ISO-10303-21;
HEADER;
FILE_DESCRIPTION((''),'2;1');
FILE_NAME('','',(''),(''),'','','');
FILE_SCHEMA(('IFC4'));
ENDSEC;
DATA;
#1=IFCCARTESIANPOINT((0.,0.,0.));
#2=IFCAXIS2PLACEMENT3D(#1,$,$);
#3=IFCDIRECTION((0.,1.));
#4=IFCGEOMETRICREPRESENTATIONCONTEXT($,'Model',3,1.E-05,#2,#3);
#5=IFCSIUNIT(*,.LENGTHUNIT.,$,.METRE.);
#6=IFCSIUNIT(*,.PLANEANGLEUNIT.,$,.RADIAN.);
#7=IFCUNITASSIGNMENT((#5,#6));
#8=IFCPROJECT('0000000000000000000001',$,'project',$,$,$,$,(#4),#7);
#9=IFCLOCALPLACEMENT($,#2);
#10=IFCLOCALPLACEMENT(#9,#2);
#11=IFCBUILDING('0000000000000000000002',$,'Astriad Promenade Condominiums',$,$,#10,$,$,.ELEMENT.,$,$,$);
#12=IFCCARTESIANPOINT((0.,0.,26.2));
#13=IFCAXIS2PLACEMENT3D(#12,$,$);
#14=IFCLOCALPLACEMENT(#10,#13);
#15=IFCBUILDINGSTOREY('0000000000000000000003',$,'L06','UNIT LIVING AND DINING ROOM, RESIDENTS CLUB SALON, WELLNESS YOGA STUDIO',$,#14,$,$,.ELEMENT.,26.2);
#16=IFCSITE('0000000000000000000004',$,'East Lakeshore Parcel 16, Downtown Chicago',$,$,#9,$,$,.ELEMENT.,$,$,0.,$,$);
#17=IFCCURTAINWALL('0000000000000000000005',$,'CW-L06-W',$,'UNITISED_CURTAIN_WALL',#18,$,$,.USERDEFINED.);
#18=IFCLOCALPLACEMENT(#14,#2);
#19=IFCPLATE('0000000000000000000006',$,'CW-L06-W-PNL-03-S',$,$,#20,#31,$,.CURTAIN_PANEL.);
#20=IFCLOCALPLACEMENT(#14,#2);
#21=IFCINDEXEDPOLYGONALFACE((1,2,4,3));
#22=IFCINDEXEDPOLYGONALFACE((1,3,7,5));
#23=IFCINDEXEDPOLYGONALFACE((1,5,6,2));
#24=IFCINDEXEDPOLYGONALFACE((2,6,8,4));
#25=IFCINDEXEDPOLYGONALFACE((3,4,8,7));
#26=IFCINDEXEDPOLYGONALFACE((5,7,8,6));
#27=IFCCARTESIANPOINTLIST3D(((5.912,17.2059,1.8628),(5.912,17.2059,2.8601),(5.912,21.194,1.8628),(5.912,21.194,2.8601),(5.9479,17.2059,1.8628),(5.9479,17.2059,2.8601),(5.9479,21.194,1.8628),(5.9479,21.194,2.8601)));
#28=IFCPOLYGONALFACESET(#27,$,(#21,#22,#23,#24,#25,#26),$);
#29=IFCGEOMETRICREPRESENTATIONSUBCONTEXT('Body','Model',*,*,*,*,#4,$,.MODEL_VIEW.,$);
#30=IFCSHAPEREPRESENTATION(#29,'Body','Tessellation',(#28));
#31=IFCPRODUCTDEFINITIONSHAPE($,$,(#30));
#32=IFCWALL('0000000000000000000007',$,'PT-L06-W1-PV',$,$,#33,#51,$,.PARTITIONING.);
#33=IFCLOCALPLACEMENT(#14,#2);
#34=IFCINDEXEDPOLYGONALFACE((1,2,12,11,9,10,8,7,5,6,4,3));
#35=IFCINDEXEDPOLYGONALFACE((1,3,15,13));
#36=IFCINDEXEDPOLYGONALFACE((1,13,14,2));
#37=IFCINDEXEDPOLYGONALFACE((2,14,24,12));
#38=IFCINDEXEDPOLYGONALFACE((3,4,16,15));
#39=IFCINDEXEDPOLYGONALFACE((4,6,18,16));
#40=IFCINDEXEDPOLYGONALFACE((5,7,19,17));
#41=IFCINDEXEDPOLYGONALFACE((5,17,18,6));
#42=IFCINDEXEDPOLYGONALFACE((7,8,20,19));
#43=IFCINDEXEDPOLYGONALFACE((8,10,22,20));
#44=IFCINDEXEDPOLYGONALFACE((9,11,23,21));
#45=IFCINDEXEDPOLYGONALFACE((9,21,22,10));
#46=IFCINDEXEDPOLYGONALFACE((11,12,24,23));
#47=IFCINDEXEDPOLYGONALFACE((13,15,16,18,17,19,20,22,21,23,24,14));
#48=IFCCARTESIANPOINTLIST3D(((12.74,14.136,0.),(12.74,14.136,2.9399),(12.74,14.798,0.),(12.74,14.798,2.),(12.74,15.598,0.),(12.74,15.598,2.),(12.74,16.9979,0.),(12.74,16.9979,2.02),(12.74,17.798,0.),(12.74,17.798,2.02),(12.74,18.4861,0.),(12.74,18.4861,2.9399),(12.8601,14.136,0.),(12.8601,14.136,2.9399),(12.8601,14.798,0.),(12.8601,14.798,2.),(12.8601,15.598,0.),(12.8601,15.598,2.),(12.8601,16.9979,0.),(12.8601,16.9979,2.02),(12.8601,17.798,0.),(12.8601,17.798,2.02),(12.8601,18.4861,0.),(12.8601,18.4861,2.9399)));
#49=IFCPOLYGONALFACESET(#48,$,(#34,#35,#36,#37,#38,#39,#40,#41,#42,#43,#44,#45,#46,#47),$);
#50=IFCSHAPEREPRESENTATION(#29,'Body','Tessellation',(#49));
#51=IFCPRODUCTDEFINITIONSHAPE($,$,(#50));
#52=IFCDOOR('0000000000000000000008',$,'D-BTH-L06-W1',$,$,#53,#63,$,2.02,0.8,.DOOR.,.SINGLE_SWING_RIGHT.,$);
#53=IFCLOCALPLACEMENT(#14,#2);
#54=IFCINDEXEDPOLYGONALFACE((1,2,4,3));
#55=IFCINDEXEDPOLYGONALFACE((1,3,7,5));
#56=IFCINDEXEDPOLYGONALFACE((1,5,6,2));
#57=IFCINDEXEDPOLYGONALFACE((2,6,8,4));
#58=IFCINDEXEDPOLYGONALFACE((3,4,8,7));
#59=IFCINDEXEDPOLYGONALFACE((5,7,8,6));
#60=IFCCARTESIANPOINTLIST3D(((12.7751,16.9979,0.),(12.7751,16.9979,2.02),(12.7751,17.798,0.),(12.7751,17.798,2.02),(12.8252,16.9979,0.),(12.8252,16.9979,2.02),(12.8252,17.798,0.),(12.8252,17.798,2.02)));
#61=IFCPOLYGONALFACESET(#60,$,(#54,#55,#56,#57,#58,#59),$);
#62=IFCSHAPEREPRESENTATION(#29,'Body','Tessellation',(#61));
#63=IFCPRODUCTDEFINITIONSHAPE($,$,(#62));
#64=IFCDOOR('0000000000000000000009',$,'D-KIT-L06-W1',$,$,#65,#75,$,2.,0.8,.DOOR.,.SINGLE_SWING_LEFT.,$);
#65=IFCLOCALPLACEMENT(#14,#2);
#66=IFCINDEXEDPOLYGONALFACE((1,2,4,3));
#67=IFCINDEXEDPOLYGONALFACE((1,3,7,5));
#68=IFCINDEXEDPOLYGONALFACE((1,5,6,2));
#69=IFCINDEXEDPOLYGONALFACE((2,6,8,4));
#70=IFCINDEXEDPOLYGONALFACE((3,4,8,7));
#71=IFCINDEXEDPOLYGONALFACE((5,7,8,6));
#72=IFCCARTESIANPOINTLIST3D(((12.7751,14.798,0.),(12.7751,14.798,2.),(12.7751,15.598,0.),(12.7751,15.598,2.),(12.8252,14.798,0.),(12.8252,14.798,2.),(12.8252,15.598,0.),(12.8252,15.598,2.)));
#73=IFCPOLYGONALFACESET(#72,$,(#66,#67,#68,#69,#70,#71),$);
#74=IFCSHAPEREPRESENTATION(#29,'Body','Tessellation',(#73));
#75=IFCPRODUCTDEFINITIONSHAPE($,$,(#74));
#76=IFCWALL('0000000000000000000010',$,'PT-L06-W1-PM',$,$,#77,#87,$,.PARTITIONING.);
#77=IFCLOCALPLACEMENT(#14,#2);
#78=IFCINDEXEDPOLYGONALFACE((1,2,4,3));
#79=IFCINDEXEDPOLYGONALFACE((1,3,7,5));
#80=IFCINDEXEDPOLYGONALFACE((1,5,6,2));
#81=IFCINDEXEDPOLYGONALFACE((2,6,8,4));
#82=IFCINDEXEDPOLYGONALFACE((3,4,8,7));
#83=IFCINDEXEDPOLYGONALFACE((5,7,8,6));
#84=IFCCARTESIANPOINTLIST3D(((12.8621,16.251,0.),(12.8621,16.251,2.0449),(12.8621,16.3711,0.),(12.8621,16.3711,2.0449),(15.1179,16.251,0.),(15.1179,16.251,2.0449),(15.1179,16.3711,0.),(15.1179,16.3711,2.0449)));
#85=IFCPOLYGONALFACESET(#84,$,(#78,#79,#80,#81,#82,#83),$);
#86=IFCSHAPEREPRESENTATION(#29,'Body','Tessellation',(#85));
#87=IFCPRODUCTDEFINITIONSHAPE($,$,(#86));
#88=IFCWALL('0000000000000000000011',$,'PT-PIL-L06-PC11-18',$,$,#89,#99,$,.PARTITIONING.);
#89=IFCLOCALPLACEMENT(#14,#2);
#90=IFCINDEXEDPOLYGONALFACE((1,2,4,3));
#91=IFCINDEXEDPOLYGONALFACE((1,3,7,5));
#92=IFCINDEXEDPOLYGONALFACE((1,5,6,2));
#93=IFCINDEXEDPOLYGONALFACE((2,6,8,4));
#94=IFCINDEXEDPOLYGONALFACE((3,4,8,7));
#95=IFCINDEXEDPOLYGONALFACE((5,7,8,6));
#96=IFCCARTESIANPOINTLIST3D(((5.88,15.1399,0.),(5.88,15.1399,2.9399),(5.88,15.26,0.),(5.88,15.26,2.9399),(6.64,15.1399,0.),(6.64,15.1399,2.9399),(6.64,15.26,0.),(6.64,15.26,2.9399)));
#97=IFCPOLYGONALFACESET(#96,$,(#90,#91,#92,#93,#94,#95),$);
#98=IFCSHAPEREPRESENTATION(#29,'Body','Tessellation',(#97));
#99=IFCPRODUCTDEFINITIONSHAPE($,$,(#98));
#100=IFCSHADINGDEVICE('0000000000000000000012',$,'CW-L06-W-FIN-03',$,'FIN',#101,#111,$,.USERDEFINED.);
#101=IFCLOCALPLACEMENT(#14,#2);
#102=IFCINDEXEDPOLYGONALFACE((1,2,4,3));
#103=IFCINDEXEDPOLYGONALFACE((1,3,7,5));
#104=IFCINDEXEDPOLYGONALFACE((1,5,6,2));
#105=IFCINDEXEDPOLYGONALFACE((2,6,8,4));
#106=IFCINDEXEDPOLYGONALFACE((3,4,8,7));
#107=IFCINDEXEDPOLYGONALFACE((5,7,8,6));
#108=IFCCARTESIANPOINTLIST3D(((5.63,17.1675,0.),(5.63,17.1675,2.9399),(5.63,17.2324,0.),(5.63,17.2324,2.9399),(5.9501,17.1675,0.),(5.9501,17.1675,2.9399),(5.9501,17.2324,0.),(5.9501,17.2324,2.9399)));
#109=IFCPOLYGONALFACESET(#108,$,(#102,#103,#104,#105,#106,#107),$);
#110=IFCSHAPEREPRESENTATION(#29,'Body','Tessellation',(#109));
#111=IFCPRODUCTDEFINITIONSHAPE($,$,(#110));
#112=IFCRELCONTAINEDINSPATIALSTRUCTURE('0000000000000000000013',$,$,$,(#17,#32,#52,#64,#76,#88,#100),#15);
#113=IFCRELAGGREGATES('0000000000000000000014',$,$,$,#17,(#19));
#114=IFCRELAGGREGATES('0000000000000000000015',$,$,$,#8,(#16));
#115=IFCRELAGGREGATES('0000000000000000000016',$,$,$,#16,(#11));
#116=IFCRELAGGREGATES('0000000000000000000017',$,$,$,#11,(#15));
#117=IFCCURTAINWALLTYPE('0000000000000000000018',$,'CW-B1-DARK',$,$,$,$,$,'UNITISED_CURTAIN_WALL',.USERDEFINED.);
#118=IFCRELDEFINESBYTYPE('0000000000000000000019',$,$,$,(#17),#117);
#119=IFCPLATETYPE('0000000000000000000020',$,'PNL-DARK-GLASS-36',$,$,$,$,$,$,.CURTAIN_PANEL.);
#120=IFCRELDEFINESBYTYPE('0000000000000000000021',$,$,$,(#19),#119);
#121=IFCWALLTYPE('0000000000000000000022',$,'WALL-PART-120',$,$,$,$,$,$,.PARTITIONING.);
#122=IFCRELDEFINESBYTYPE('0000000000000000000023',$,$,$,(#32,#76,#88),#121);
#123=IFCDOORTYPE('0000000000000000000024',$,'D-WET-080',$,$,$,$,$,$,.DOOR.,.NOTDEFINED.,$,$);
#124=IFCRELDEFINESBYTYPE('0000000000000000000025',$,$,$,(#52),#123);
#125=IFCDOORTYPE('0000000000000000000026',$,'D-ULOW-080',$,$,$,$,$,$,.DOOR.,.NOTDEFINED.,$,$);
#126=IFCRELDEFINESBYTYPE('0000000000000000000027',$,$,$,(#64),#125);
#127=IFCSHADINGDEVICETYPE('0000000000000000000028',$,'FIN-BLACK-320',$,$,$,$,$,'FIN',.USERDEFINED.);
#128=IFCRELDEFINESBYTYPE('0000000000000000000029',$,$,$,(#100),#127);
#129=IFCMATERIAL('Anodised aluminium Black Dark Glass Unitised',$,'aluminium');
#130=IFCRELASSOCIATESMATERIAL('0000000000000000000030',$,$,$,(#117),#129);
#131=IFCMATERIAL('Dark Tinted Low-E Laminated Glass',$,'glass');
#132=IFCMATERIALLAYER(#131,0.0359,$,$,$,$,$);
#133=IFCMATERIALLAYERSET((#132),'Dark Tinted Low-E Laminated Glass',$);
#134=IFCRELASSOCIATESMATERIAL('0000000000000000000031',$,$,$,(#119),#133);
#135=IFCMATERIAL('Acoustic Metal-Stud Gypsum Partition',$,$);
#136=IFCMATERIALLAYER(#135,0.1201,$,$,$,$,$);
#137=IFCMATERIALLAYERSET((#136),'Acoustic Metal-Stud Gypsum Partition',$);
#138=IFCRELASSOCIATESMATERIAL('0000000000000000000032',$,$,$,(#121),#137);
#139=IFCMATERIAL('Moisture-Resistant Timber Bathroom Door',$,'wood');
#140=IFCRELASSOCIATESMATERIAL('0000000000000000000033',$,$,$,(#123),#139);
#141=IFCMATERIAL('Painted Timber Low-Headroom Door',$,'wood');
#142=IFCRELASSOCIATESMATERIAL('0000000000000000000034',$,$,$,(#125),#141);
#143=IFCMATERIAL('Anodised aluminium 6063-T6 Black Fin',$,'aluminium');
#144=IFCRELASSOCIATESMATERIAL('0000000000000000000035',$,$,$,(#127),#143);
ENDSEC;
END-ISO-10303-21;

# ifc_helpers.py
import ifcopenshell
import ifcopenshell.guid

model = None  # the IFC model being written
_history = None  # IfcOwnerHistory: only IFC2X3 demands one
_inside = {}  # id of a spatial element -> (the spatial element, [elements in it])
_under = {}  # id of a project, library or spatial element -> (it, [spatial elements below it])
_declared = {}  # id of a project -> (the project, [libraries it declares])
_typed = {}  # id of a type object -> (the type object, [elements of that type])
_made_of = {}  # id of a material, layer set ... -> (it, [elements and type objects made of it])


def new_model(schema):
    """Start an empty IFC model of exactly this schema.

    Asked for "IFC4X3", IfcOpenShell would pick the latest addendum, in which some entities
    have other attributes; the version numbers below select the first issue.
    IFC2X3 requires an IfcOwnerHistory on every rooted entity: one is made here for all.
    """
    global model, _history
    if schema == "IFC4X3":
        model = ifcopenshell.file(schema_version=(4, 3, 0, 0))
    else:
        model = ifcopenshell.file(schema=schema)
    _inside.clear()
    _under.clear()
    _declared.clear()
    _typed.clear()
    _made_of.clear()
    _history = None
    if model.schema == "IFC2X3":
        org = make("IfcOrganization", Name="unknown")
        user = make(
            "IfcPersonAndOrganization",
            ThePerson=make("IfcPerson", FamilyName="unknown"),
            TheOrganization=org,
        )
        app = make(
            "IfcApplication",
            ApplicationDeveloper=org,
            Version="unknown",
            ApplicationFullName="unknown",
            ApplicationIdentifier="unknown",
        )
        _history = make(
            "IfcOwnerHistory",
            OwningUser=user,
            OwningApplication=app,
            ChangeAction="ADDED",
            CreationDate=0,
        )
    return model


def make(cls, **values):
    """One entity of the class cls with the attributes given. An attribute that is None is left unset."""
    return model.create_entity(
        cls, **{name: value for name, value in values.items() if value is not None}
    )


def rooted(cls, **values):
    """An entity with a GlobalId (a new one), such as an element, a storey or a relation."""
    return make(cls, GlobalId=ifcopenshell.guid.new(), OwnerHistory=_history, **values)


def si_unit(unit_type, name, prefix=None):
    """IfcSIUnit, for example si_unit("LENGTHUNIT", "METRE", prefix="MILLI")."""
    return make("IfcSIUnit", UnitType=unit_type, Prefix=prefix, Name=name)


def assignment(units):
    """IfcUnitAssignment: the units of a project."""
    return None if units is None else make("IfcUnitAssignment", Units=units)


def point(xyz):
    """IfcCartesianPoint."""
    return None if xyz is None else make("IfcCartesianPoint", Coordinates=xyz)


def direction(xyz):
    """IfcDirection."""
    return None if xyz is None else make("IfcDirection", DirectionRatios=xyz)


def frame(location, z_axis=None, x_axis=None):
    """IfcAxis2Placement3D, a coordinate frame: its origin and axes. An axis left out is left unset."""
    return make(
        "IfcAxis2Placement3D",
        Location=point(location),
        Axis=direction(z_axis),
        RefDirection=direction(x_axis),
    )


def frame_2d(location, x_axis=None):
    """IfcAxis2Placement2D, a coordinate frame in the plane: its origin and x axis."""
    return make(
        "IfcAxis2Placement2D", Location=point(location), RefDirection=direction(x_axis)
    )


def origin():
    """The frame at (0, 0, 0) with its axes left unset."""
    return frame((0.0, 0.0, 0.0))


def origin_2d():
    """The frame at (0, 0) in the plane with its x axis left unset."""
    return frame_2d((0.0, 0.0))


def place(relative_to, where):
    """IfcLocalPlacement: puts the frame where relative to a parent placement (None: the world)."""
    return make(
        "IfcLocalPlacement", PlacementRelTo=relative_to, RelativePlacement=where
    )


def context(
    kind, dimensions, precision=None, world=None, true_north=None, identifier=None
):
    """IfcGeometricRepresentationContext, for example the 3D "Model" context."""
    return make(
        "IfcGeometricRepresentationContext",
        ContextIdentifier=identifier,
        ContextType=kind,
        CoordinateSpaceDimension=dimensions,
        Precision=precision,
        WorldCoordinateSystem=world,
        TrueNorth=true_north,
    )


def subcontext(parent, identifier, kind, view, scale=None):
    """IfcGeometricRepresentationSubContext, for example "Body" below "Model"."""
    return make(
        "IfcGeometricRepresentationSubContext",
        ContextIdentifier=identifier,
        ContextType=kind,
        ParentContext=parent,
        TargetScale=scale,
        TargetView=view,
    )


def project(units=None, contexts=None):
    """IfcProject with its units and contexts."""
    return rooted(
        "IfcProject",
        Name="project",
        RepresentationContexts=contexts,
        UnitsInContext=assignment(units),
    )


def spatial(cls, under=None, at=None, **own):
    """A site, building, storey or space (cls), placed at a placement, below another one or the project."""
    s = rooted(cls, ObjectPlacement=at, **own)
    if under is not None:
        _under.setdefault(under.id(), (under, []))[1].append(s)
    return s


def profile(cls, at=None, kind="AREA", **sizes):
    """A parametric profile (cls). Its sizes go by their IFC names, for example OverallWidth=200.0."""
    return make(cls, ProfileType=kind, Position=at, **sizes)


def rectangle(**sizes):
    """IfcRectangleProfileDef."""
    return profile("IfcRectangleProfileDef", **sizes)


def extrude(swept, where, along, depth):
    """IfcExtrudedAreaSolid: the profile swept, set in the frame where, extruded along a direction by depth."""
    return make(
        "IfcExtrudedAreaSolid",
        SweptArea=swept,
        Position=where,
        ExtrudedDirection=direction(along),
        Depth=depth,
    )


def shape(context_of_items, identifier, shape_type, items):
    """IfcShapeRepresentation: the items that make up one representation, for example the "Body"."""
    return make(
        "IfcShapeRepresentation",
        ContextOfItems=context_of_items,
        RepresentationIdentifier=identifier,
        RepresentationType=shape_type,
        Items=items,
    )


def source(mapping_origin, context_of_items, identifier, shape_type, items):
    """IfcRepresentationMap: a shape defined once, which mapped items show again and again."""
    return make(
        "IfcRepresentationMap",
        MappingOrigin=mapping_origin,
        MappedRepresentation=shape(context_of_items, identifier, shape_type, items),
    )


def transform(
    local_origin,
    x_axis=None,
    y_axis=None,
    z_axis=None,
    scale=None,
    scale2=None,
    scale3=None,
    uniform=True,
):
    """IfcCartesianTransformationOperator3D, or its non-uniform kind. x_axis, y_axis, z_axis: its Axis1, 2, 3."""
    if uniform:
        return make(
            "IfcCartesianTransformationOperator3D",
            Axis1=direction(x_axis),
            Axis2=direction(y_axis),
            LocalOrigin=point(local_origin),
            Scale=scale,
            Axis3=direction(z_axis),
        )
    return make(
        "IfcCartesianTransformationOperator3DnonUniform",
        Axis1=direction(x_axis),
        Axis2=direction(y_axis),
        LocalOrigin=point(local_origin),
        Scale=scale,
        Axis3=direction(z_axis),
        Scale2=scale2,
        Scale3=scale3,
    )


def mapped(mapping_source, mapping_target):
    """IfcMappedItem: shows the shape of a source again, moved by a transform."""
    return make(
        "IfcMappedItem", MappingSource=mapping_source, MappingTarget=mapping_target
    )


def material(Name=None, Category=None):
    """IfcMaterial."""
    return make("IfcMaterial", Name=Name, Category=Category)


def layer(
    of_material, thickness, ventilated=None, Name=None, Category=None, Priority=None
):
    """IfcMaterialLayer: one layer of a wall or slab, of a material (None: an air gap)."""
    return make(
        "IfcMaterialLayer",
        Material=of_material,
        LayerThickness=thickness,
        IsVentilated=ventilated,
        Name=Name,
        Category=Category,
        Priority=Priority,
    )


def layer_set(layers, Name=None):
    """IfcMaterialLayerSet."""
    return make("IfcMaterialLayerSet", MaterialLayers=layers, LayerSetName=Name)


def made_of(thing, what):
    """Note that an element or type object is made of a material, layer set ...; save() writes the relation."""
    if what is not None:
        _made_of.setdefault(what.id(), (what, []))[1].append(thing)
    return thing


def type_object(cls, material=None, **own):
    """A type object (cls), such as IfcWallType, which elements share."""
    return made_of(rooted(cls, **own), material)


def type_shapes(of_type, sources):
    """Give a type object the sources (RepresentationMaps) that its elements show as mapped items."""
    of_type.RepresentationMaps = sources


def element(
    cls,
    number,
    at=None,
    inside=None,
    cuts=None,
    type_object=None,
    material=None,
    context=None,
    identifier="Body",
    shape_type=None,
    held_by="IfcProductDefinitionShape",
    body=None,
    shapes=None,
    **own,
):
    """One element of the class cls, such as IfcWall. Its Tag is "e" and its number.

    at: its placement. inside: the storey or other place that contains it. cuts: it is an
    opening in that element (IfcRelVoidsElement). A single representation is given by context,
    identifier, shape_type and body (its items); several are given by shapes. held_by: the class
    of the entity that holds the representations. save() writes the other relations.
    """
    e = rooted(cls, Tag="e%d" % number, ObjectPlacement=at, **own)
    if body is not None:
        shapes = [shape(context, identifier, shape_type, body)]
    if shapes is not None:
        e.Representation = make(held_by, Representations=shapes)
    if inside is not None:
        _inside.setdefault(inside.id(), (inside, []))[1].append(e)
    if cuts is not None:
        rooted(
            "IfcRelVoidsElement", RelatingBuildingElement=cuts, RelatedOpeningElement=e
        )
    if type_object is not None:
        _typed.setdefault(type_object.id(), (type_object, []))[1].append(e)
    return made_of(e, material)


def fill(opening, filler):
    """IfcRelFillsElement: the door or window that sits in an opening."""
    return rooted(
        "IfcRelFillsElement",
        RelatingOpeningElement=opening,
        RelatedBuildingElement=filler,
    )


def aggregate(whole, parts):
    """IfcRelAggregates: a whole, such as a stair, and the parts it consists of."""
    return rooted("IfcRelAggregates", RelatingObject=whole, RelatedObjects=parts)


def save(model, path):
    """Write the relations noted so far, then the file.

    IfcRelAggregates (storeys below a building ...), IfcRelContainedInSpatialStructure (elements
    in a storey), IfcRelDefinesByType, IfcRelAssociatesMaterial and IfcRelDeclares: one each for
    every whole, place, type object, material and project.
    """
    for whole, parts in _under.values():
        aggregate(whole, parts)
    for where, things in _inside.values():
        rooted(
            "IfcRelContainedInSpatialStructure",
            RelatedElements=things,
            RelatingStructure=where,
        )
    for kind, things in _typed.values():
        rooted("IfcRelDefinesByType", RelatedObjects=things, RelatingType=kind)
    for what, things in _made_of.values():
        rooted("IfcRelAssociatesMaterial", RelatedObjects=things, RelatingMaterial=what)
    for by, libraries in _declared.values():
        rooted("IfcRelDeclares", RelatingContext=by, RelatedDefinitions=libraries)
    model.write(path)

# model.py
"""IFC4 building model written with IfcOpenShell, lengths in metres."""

from ifc_helpers import new_model, si_unit, direction, frame, frame_2d, origin, origin_2d, place, context, subcontext, project, spatial, rectangle, extrude, source, transform, mapped, material, layer, layer_set, type_object, type_shapes, element, fill, aggregate, save


model = new_model("IFC4")

# Units and contexts
model_context = context("Model", 3, precision=1e-05, world=origin(), true_north=direction((0.0, 1.0)))
body_context = subcontext(model_context, "Body", "Model", "MODEL_VIEW")
ifc_project = project(units=[si_unit("LENGTHUNIT", "METRE"), si_unit("PLANEANGLEUNIT", "RADIAN")], contexts=[model_context])

# Site, building, storey
site_placement = place(None, origin())
site = spatial("IfcSite", under=ifc_project, at=site_placement, Name="East Lakeshore Parcel 16, Downtown Chicago", CompositionType="ELEMENT", RefElevation=0.0)
building_placement = place(site_placement, origin())
building = spatial("IfcBuilding", under=site, at=building_placement, Name="Astriad Promenade Condominiums", CompositionType="ELEMENT")
storey_placement = place(building_placement, frame((0.0, 0.0, 26.2)))
storey = spatial("IfcBuildingStorey", under=building, at=storey_placement, Name="L06", Description="UNIT LIVING AND DINING ROOM, RESIDENTS CLUB SALON, WELLNESS YOGA STUDIO", CompositionType="ELEMENT", Elevation=26.2)

# Curtain wall, plate
ifc_material_1 = material(Name="Anodised aluminium Black Dark Glass Unitised", Category="aluminium")
curtain_wall_type = type_object("IfcCurtainWallType", Name="CW-B1-DARK", ElementType="UNITISED_CURTAIN_WALL", PredefinedType="USERDEFINED", material=ifc_material_1)
curtain_wall_placement = place(storey_placement, origin())
curtain_wall = element("IfcCurtainWall", 1, at=curtain_wall_placement, inside=storey, type_object=curtain_wall_type, Name="CW-L06-W", ObjectType="UNITISED_CURTAIN_WALL", PredefinedType="USERDEFINED")
ifc_material_2 = material(Name="Dark Tinted Low-E Laminated Glass", Category="glass")
ifc_layer_1 = layer(ifc_material_2, 0.0359)
ifc_layer_set_1 = layer_set([ifc_layer_1], Name="Dark Tinted Low-E Laminated Glass")
plate_type = type_object("IfcPlateType", Name="PNL-DARK-GLASS-36", PredefinedType="CURTAIN_PANEL", material=ifc_layer_set_1)
shared_shape_1 = source(origin(), body_context, "Body", "SweptSolid", [
    extrude(rectangle(XDim=3.988, YDim=0.0359, at=origin_2d()), origin(), (0.0, 0.0, 1.0), 0.9973),
])
plate_1_placement = place(storey_placement, frame((5.9299, 19.2, 1.8628), z_axis=(0.0, 0.0, 1.0), x_axis=(0.0, 1.0, 0.0)))
plate_1 = element("IfcPlate", 2, at=plate_1_placement, type_object=plate_type, Name="CW-L06-W-PNL-03-S", PredefinedType="CURTAIN_PANEL", context=body_context, shape_type="MappedRepresentation", body=[
    mapped(shared_shape_1, transform((0.0, 0.0, 0.0), scale=1.0)),
])
aggregate(curtain_wall, [plate_1])

# Wall, openings, doors
ifc_material_3 = material(Name="Acoustic Metal-Stud Gypsum Partition")
ifc_layer_2 = layer(ifc_material_3, 0.1201)
ifc_layer_set_2 = layer_set([ifc_layer_2], Name="Acoustic Metal-Stud Gypsum Partition")
wall_type = type_object("IfcWallType", Name="WALL-PART-120", PredefinedType="PARTITIONING", material=ifc_layer_set_2)
wall_1_placement = place(storey_placement, frame((12.8, 14.136, 0.0), z_axis=(0.0, 0.0, 1.0), x_axis=(0.0, 1.0, 0.0)))
wall_1 = element("IfcWall", 3, at=wall_1_placement, inside=storey, type_object=wall_type, Name="PT-L06-W1-PV", PredefinedType="PARTITIONING", context=body_context, shape_type="SweptSolid", body=[
    extrude(rectangle(XDim=4.3501, YDim=0.1201, at=frame_2d((2.175, 0.0))), origin(), (0.0, 0.0, 1.0), 2.9399),
])
opening_1_placement = place(wall_1_placement, frame((0.6621, 0.0, 0.0)))
opening_1 = element("IfcOpeningElement", 4, at=opening_1_placement, cuts=wall_1, PredefinedType="OPENING", context=body_context, shape_type="SweptSolid", body=[
    extrude(rectangle(XDim=0.8, YDim=2.0, at=frame_2d((0.3999, 1.0))), frame((0.0, 0.0701, 0.0), z_axis=(0.0, -1.0, 0.0), x_axis=(1.0, 0.0, 0.0)), (0.0, 0.0, 1.0), 0.1401),
])
opening_2_placement = place(wall_1_placement, frame((2.8621, 0.0, 0.0)))
opening_2 = element("IfcOpeningElement", 5, at=opening_2_placement, cuts=wall_1, PredefinedType="OPENING", context=body_context, shape_type="SweptSolid", body=[
    extrude(rectangle(XDim=0.8, YDim=2.02, at=frame_2d((0.3999, 1.01))), frame((0.0, 0.0701, 0.0), z_axis=(0.0, -1.0, 0.0), x_axis=(1.0, 0.0, 0.0)), (0.0, 0.0, 1.0), 0.1401),
])
ifc_material_4 = material(Name="Moisture-Resistant Timber Bathroom Door", Category="wood")
door_type_1 = type_object("IfcDoorType", Name="D-WET-080", OperationType="NOTDEFINED", PredefinedType="DOOR", material=ifc_material_4)
shared_shape_2 = source(origin(), body_context, "Body", "SweptSolid", [
    extrude(rectangle(XDim=0.8, YDim=2.02, at=frame_2d((0.3999, 1.01))), frame((0.0, 0.0249, 0.0), z_axis=(0.0, -1.0, 0.0), x_axis=(1.0, 0.0, 0.0)), (0.0, 0.0, 1.0), 0.05),
])
type_shapes(door_type_1, [shared_shape_2])
door_1_placement = place(opening_2_placement, origin())
door_1 = element("IfcDoor", 6, at=door_1_placement, inside=storey, type_object=door_type_1, Name="D-BTH-L06-W1", OperationType="SINGLE_SWING_RIGHT", OverallHeight=2.02, OverallWidth=0.8, PredefinedType="DOOR", context=body_context, shape_type="MappedRepresentation", body=[
    mapped(shared_shape_2, transform((0.0, 0.0, 0.0), scale=1.0)),
])
fill(opening_2, door_1)
ifc_material_5 = material(Name="Painted Timber Low-Headroom Door", Category="wood")
door_type_2 = type_object("IfcDoorType", Name="D-ULOW-080", OperationType="NOTDEFINED", PredefinedType="DOOR", material=ifc_material_5)
shared_shape_3 = source(origin(), body_context, "Body", "SweptSolid", [
    extrude(rectangle(XDim=0.8, YDim=2.0, at=frame_2d((0.3999, 1.0))), frame((0.0, 0.0249, 0.0), z_axis=(0.0, -1.0, 0.0), x_axis=(1.0, 0.0, 0.0)), (0.0, 0.0, 1.0), 0.05),
])
type_shapes(door_type_2, [shared_shape_3])
door_2_placement = place(opening_1_placement, origin())
door_2 = element("IfcDoor", 7, at=door_2_placement, inside=storey, type_object=door_type_2, Name="D-KIT-L06-W1", OperationType="SINGLE_SWING_LEFT", OverallHeight=2.0, OverallWidth=0.8, PredefinedType="DOOR", context=body_context, shape_type="MappedRepresentation", body=[
    mapped(shared_shape_3, transform((0.0, 0.0, 0.0), scale=1.0)),
])
fill(opening_1, door_2)

# Walls
wall_2_placement = place(storey_placement, frame((12.8621, 16.311, 0.0), z_axis=(0.0, 0.0, 1.0), x_axis=(1.0, 0.0, 0.0)))
element("IfcWall", 8, at=wall_2_placement, inside=storey, type_object=wall_type, Name="PT-L06-W1-PM", PredefinedType="PARTITIONING", context=body_context, shape_type="SweptSolid", body=[
    extrude(rectangle(XDim=2.2559, YDim=0.1201, at=frame_2d((1.1279, 0.0))), origin(), (0.0, 0.0, 1.0), 2.0449),
])
wall_3_placement = place(storey_placement, frame((6.6399, 15.2, 0.0), z_axis=(0.0, 0.0, 1.0), x_axis=(-1.0, 0.0, 0.0)))
element("IfcWall", 9, at=wall_3_placement, inside=storey, type_object=wall_type, Name="PT-PIL-L06-PC11-18", PredefinedType="PARTITIONING", context=body_context, shape_type="SweptSolid", body=[
    extrude(rectangle(XDim=0.76, YDim=0.1201, at=frame_2d((0.3799, 0.0))), origin(), (0.0, 0.0, 1.0), 2.9399),
])

# Shading device
ifc_material_6 = material(Name="Anodised aluminium 6063-T6 Black Fin", Category="aluminium")
shading_device_type = type_object("IfcShadingDeviceType", Name="FIN-BLACK-320", ElementType="FIN", PredefinedType="USERDEFINED", material=ifc_material_6)
shared_shape_4 = source(origin(), body_context, "Body", "SweptSolid", [
    extrude(rectangle(XDim=0.0649, YDim=0.3201, at=origin_2d()), origin(), (0.0, 0.0, 1.0), 2.9399),
])
type_shapes(shading_device_type, [shared_shape_4])
shading_device_placement = place(storey_placement, frame((5.79, 17.2, 0.0), z_axis=(0.0, 0.0, 1.0), x_axis=(0.0, 1.0, 0.0)))
element("IfcShadingDevice", 10, at=shading_device_placement, inside=storey, type_object=shading_device_type, Name="CW-L06-W-FIN-03", ObjectType="FIN", PredefinedType="USERDEFINED", context=body_context, shape_type="MappedRepresentation", body=[
    mapped(shared_shape_4, transform((0.0, 0.0, 0.0), scale=1.0)),
])

save(model, "model.ifc")
